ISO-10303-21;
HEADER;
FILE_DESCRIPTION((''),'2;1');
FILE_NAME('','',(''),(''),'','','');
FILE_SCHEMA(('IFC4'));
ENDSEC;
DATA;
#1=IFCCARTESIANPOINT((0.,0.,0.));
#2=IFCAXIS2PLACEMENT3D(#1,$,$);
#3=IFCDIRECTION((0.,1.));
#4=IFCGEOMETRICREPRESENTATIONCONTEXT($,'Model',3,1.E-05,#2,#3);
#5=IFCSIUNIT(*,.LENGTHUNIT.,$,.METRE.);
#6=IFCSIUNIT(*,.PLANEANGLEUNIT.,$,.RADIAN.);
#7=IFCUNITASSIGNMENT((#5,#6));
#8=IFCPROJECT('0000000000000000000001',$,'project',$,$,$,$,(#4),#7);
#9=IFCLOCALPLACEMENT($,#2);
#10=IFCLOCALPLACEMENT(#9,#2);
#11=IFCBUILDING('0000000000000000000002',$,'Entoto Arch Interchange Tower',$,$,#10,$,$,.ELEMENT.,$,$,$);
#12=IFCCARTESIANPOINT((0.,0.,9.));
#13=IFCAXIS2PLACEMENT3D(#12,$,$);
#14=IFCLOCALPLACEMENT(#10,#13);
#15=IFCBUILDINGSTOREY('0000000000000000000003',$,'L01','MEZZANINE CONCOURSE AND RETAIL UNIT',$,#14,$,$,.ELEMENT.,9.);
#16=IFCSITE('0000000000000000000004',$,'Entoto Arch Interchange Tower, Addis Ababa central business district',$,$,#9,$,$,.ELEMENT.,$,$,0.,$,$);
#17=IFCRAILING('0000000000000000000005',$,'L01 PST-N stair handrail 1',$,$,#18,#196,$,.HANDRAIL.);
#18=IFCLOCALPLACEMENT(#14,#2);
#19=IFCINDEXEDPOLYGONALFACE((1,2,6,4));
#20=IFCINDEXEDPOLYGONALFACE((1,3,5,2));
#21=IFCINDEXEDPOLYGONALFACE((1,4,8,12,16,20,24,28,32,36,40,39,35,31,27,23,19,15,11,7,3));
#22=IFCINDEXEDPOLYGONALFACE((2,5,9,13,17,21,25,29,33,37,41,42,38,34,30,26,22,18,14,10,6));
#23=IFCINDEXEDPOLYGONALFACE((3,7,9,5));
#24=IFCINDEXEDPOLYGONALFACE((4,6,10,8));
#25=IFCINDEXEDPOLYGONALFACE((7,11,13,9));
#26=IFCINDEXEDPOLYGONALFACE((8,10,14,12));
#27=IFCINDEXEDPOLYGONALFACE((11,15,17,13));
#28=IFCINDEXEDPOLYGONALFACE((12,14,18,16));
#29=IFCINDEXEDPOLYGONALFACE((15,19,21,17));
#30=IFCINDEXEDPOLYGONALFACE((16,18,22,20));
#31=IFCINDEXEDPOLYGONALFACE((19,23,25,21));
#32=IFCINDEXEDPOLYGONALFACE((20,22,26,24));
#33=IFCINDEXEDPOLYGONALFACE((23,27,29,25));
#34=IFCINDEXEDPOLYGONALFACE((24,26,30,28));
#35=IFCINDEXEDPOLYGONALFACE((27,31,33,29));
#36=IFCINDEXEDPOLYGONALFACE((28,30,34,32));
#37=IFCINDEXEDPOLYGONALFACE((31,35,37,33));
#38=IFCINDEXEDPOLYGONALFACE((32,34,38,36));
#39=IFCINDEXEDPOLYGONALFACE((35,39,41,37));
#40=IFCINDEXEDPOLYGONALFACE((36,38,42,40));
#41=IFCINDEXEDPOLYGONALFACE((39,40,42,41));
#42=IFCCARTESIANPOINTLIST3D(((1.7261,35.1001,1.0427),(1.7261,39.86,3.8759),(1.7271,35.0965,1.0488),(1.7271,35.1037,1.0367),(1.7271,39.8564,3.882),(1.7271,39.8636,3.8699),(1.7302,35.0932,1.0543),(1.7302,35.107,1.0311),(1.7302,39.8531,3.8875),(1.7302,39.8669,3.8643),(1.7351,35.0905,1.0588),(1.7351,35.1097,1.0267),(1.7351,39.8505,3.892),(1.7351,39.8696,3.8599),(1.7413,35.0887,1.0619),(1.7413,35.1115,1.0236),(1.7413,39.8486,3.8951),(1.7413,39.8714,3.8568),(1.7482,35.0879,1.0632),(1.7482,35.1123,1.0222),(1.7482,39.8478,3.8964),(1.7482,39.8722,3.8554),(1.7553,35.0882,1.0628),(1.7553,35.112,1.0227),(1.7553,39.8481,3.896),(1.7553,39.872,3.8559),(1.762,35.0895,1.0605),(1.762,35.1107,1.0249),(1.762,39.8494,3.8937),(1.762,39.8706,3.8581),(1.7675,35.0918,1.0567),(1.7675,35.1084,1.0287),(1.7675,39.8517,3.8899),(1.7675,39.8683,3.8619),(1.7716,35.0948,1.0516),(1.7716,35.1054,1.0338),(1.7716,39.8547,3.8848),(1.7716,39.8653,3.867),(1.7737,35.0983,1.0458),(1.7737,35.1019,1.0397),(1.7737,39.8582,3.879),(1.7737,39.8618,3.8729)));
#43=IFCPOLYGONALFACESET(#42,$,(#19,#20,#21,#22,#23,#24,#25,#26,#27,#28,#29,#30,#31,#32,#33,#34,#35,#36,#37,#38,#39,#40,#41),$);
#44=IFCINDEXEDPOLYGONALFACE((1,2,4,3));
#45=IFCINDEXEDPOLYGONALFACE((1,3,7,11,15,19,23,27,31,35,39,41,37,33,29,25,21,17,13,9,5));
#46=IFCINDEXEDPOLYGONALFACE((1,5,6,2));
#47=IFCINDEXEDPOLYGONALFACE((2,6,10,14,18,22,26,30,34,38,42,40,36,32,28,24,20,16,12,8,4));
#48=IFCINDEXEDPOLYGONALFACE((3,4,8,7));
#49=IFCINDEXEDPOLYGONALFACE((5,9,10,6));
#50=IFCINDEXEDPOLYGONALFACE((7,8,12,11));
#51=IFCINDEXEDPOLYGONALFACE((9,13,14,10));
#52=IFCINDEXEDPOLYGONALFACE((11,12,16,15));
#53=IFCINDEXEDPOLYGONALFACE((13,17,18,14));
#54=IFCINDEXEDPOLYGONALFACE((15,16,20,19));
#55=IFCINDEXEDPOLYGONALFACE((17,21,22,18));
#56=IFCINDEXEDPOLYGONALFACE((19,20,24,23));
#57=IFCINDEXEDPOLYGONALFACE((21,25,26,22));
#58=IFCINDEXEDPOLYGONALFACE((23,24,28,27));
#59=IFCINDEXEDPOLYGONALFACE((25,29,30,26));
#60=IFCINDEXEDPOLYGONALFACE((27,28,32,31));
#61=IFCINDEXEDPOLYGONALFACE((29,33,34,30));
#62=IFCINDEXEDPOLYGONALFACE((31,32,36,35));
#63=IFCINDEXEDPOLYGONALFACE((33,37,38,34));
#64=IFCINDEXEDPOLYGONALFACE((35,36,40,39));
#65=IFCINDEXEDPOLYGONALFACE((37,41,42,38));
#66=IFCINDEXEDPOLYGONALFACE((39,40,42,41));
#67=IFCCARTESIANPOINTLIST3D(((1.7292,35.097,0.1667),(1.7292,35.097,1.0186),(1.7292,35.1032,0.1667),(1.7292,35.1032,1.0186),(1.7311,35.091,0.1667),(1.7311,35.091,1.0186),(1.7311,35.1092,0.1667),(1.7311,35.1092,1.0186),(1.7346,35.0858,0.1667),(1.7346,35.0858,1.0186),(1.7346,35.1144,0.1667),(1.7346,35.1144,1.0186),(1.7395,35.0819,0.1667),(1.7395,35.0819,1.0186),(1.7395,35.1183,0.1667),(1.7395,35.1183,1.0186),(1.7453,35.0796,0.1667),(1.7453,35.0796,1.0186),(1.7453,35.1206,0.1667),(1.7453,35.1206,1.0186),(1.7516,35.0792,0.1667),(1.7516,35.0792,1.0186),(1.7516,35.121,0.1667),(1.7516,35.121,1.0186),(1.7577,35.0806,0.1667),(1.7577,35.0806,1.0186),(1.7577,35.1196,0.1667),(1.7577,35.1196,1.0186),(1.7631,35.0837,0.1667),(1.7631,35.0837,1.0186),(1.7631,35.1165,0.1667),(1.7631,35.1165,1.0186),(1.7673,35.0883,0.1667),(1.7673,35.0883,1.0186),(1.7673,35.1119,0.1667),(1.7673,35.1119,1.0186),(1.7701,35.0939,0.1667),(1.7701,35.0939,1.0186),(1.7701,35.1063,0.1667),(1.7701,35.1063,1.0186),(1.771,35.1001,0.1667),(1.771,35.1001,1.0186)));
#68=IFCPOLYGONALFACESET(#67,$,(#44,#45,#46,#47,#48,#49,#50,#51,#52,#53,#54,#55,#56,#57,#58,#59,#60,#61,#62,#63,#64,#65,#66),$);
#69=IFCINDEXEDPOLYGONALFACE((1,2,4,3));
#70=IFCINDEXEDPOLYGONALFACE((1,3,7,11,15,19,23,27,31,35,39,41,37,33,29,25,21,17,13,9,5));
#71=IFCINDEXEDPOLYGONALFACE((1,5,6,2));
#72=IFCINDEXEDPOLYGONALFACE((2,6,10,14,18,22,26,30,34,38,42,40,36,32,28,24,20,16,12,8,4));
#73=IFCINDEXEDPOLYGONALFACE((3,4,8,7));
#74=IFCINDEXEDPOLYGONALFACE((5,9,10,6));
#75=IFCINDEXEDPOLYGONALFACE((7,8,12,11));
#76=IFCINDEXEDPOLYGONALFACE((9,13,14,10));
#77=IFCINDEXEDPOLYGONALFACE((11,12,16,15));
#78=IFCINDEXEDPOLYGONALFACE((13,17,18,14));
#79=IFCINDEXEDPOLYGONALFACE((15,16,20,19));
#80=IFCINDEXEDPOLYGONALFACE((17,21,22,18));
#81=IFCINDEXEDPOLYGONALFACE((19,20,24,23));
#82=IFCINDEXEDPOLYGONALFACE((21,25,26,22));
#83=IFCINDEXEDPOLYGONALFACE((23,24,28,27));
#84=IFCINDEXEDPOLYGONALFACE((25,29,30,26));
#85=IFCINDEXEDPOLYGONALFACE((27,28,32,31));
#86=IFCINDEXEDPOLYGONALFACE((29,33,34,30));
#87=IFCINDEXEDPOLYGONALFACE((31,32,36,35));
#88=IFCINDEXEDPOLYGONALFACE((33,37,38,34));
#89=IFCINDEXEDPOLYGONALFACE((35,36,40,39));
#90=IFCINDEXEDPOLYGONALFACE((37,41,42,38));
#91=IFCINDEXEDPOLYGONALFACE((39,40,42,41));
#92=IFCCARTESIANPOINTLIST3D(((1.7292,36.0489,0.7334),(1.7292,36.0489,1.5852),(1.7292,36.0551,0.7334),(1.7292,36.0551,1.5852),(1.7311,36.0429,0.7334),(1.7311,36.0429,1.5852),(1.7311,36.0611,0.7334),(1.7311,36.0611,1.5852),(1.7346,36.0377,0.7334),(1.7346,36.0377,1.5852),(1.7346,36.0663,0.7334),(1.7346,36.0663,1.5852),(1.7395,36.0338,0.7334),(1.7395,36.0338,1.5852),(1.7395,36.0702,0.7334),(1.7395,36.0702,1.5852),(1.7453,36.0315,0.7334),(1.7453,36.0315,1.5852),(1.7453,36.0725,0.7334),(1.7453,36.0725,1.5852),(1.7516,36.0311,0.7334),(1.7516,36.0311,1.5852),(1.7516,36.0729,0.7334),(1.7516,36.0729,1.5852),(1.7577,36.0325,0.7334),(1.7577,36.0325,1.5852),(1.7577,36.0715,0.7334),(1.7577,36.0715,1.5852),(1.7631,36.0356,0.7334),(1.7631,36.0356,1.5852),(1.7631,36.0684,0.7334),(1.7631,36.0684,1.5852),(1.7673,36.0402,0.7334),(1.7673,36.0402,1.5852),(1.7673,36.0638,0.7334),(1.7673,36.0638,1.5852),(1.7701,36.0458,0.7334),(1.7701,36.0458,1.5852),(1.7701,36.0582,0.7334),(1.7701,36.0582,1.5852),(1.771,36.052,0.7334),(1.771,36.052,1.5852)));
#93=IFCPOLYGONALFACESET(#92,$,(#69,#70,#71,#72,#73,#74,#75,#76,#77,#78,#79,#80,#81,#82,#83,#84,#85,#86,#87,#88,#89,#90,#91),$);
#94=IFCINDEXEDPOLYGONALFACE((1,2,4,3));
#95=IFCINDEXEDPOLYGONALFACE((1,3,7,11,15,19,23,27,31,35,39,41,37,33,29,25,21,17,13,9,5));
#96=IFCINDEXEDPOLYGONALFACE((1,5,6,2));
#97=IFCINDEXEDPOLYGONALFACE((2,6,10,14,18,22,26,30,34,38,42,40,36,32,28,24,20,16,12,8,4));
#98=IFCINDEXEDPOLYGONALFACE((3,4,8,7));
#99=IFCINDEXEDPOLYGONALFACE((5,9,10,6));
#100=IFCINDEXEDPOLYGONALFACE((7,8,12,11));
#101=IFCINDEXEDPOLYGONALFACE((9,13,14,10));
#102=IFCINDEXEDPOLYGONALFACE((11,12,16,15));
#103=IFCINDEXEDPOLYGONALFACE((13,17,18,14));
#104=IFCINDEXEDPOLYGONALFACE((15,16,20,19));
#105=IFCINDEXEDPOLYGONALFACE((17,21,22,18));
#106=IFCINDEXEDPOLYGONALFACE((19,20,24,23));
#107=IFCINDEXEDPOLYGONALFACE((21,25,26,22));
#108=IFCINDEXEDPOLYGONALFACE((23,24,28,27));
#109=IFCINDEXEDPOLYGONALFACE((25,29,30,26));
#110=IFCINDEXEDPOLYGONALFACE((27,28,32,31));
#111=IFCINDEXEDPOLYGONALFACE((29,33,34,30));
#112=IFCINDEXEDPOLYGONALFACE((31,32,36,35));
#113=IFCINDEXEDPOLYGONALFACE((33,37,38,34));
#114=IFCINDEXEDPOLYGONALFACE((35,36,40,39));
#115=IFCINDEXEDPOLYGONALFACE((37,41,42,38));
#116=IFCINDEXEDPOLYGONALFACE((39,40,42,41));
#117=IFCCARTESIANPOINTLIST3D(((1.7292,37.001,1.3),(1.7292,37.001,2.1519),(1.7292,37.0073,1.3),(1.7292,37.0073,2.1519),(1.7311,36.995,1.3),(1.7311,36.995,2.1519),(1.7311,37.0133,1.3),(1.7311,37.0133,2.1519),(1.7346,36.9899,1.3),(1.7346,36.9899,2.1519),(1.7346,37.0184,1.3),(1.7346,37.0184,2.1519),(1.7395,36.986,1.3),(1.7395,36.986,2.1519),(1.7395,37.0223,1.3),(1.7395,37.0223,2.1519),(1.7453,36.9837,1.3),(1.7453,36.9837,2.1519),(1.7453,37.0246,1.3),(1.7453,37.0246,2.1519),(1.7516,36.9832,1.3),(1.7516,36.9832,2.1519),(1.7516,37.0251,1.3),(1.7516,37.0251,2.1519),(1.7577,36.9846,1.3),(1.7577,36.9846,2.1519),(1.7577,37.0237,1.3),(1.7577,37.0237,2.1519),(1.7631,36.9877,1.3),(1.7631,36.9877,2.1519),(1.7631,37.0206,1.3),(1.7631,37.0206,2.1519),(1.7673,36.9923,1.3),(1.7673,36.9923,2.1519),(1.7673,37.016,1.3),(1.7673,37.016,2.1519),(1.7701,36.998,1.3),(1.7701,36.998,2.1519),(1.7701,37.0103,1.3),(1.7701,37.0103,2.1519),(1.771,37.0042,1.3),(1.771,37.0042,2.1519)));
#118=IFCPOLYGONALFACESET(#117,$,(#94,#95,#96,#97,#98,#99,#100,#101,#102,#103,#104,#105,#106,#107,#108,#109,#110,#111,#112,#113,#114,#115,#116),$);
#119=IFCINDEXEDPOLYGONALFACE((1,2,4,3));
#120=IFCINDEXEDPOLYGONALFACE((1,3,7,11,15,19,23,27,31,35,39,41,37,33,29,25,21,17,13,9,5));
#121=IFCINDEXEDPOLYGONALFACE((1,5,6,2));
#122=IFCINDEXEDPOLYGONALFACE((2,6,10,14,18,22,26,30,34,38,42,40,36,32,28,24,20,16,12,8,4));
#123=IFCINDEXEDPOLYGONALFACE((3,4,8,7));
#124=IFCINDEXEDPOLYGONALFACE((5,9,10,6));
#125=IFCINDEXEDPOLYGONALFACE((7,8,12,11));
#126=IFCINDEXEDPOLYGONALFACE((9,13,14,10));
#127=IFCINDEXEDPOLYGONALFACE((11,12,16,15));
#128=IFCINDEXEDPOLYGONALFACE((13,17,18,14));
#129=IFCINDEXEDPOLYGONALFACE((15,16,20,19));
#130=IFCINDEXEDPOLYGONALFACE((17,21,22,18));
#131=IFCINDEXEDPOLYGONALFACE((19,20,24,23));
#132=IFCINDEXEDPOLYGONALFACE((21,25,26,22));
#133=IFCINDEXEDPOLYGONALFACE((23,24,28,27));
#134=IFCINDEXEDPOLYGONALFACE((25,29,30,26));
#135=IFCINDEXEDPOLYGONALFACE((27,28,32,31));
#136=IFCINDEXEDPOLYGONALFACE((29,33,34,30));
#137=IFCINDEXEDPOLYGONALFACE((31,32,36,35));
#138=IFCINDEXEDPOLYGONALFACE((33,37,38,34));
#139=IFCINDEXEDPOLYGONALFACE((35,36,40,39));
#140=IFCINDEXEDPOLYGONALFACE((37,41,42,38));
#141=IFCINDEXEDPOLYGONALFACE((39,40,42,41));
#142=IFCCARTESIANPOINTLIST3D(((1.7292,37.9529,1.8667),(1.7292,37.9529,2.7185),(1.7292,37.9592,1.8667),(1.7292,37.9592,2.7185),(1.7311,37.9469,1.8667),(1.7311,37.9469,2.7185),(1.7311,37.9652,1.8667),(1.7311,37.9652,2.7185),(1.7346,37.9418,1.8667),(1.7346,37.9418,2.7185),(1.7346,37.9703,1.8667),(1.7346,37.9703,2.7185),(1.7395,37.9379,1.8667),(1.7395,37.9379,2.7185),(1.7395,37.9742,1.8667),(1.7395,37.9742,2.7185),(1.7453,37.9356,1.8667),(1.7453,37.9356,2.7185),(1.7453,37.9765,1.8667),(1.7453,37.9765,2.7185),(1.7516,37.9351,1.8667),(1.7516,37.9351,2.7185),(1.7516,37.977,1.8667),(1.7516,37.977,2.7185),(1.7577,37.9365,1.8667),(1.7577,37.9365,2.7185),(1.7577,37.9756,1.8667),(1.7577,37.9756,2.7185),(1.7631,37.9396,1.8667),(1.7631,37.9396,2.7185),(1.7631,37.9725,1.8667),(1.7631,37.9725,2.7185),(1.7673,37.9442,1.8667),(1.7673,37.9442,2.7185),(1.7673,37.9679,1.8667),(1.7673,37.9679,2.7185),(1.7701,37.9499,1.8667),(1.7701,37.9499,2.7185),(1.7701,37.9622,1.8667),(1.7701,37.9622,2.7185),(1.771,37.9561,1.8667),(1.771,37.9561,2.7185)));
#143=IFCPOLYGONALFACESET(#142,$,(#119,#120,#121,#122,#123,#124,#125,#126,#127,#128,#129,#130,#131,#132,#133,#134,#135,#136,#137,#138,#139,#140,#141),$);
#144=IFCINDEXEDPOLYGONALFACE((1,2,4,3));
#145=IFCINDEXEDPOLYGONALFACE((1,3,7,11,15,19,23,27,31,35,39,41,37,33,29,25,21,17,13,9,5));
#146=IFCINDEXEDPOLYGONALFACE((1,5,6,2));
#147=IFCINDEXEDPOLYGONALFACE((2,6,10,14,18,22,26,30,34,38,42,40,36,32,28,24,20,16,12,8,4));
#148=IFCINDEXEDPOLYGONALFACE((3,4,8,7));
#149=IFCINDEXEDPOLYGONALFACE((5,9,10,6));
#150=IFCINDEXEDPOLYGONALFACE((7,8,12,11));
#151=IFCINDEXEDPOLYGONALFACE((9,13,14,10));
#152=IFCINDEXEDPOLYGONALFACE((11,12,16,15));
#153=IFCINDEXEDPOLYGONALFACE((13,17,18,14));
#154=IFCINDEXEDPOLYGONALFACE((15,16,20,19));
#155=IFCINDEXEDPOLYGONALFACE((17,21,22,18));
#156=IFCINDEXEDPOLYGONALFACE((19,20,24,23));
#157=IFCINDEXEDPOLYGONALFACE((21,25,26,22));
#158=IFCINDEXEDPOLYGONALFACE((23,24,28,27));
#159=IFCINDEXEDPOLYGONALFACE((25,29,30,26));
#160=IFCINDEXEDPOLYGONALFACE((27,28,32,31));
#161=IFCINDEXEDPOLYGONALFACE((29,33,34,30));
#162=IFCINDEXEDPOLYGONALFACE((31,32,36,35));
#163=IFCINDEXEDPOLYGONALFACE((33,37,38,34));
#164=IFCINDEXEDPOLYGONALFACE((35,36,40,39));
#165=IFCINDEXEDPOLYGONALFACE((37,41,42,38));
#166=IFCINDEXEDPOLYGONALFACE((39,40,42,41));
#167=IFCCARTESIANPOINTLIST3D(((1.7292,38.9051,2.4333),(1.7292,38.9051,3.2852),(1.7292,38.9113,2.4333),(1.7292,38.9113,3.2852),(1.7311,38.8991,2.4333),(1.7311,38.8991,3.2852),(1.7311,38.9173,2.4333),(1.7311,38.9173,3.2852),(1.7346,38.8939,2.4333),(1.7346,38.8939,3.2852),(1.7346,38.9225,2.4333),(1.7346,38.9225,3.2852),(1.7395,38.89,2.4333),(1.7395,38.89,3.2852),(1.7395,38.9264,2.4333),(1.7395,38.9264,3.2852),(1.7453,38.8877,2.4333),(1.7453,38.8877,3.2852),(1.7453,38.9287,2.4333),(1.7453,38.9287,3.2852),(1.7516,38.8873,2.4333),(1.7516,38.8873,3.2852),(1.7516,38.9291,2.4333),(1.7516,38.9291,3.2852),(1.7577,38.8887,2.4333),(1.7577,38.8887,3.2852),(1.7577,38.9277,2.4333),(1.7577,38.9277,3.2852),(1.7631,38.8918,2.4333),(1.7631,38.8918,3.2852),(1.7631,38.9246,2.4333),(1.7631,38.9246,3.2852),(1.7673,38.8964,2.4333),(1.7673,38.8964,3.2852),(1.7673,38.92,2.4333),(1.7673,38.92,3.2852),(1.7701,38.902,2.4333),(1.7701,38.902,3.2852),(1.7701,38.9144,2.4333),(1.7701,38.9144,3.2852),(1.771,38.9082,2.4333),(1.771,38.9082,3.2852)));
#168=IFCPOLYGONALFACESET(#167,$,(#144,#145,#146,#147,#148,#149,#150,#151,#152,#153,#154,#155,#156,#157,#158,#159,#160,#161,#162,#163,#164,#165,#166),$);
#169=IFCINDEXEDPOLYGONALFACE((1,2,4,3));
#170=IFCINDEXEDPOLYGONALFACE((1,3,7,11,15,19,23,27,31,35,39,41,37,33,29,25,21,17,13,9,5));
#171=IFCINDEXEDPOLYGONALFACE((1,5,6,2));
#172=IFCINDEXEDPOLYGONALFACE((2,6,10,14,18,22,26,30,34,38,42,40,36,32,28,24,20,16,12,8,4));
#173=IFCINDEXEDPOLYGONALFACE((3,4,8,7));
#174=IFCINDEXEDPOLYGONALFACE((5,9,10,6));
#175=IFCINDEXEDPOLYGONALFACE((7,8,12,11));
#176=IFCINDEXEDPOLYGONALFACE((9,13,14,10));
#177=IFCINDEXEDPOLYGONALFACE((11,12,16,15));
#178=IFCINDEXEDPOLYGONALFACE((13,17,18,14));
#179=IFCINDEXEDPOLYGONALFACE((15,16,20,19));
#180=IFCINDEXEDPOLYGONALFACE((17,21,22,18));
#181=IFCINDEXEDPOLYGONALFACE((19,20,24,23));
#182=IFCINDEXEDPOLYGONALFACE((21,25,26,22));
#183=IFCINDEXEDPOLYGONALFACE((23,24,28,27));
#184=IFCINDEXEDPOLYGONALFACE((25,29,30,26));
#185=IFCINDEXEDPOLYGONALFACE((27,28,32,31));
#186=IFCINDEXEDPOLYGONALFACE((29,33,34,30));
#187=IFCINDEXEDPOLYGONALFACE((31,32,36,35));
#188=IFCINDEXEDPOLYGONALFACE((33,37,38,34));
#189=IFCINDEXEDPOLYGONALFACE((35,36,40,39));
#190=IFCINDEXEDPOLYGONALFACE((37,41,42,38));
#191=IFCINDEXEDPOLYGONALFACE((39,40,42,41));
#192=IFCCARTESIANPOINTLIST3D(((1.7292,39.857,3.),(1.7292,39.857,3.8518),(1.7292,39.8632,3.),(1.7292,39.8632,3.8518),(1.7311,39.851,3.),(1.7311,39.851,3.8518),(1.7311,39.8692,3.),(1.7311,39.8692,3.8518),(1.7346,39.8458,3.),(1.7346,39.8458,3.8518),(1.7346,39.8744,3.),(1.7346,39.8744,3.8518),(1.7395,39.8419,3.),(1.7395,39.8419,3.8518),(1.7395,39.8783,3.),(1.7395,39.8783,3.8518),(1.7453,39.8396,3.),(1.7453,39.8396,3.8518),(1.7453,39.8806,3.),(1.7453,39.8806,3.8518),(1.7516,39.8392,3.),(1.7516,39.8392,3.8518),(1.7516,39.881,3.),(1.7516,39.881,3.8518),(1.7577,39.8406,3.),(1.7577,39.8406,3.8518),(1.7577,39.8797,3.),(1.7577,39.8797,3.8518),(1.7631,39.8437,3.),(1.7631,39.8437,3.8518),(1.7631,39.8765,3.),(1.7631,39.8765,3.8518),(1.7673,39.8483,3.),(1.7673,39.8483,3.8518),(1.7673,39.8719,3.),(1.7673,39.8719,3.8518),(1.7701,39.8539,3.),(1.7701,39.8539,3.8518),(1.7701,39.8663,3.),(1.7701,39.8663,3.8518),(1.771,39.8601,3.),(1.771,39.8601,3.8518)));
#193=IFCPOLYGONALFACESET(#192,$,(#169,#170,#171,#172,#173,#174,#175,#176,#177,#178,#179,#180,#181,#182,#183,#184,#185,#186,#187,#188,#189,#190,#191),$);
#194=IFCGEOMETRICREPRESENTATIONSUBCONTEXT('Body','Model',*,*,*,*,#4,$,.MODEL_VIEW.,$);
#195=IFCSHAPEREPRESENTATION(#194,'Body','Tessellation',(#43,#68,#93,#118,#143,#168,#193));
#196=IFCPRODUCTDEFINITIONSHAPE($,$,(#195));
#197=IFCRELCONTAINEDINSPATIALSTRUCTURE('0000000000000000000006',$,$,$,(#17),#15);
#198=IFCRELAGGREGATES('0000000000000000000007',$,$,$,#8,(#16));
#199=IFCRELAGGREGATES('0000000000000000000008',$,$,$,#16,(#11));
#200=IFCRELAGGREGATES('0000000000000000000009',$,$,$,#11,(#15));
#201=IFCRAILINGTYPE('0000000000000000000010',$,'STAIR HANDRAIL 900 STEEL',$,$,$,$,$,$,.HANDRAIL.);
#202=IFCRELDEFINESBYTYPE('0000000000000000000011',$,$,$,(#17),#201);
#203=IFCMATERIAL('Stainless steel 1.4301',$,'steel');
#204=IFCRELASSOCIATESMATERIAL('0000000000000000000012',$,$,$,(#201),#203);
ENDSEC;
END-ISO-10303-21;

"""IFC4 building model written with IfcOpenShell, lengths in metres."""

from ifc_helpers import new_model, si_unit, direction, frame, origin, origin_2d, place, context, subcontext, project, spatial, circle, extrude, material, type_object, element, save


model = new_model("IFC4")

# Units and contexts
model_context = context("Model", 3, precision=1e-05, world=origin(), true_north=direction((0.0, 1.0)))
body_context = subcontext(model_context, "Body", "Model", "MODEL_VIEW")
ifc_project = project(units=[si_unit("LENGTHUNIT", "METRE"), si_unit("PLANEANGLEUNIT", "RADIAN")], contexts=[model_context])

# Site, building, storey
site_placement = place(None, origin())
site = spatial("IfcSite", under=ifc_project, at=site_placement, Name="Entoto Arch Interchange Tower, Addis Ababa central business district", CompositionType="ELEMENT", RefElevation=0.0)
building_placement = place(site_placement, origin())
building = spatial("IfcBuilding", under=site, at=building_placement, Name="Entoto Arch Interchange Tower", CompositionType="ELEMENT")
storey_placement = place(building_placement, frame((0.0, 0.0, 9.0)))
storey = spatial("IfcBuildingStorey", under=building, at=storey_placement, Name="L01", Description="MEZZANINE CONCOURSE AND RETAIL UNIT", CompositionType="ELEMENT", Elevation=9.0)

# Railing
ifc_material_1 = material(Name="Stainless steel 1.4301", Category="steel")
railing_type_1 = type_object("IfcRailingType", Name="STAIR HANDRAIL 900 STEEL", PredefinedType="HANDRAIL", material=ifc_material_1)
railing_1_placement = place(storey_placement, frame((1.75, 35.1001, 0.1667)))
element("IfcRailing", 1, at=railing_1_placement, inside=storey, type_object=railing_type_1, Name="L01 PST-N stair handrail 1", PredefinedType="HANDRAIL", context=body_context, shape_type="SweptSolid", body=[
    extrude(circle(Radius=0.0239, at=origin_2d()), frame((0.0, 0.0, 0.876), z_axis=(0.0, 0.8593, 0.511472), x_axis=(-1.0, 0.0, 0.0)), (0.0, 0.0, 1.0), 5.5393),
    extrude(circle(Radius=0.021, at=origin_2d()), origin(), (0.0, 0.0, 1.0), 0.8518),
    extrude(circle(Radius=0.021, at=origin_2d()), frame((0.0, 0.9519, 0.5667)), (0.0, 0.0, 1.0), 0.8518),
    extrude(circle(Radius=0.021, at=origin_2d()), frame((0.0, 1.9041, 1.1333)), (0.0, 0.0, 1.0), 0.8518),
    extrude(circle(Radius=0.021, at=origin_2d()), frame((0.0, 2.856, 1.7)), (0.0, 0.0, 1.0), 0.8518),
    extrude(circle(Radius=0.021, at=origin_2d()), frame((0.0, 3.8081, 2.2666)), (0.0, 0.0, 1.0), 0.8518),
    extrude(circle(Radius=0.021, at=origin_2d()), frame((0.0, 4.76, 2.8333)), (0.0, 0.0, 1.0), 0.8518),
])

save(model, "model.ifc")
